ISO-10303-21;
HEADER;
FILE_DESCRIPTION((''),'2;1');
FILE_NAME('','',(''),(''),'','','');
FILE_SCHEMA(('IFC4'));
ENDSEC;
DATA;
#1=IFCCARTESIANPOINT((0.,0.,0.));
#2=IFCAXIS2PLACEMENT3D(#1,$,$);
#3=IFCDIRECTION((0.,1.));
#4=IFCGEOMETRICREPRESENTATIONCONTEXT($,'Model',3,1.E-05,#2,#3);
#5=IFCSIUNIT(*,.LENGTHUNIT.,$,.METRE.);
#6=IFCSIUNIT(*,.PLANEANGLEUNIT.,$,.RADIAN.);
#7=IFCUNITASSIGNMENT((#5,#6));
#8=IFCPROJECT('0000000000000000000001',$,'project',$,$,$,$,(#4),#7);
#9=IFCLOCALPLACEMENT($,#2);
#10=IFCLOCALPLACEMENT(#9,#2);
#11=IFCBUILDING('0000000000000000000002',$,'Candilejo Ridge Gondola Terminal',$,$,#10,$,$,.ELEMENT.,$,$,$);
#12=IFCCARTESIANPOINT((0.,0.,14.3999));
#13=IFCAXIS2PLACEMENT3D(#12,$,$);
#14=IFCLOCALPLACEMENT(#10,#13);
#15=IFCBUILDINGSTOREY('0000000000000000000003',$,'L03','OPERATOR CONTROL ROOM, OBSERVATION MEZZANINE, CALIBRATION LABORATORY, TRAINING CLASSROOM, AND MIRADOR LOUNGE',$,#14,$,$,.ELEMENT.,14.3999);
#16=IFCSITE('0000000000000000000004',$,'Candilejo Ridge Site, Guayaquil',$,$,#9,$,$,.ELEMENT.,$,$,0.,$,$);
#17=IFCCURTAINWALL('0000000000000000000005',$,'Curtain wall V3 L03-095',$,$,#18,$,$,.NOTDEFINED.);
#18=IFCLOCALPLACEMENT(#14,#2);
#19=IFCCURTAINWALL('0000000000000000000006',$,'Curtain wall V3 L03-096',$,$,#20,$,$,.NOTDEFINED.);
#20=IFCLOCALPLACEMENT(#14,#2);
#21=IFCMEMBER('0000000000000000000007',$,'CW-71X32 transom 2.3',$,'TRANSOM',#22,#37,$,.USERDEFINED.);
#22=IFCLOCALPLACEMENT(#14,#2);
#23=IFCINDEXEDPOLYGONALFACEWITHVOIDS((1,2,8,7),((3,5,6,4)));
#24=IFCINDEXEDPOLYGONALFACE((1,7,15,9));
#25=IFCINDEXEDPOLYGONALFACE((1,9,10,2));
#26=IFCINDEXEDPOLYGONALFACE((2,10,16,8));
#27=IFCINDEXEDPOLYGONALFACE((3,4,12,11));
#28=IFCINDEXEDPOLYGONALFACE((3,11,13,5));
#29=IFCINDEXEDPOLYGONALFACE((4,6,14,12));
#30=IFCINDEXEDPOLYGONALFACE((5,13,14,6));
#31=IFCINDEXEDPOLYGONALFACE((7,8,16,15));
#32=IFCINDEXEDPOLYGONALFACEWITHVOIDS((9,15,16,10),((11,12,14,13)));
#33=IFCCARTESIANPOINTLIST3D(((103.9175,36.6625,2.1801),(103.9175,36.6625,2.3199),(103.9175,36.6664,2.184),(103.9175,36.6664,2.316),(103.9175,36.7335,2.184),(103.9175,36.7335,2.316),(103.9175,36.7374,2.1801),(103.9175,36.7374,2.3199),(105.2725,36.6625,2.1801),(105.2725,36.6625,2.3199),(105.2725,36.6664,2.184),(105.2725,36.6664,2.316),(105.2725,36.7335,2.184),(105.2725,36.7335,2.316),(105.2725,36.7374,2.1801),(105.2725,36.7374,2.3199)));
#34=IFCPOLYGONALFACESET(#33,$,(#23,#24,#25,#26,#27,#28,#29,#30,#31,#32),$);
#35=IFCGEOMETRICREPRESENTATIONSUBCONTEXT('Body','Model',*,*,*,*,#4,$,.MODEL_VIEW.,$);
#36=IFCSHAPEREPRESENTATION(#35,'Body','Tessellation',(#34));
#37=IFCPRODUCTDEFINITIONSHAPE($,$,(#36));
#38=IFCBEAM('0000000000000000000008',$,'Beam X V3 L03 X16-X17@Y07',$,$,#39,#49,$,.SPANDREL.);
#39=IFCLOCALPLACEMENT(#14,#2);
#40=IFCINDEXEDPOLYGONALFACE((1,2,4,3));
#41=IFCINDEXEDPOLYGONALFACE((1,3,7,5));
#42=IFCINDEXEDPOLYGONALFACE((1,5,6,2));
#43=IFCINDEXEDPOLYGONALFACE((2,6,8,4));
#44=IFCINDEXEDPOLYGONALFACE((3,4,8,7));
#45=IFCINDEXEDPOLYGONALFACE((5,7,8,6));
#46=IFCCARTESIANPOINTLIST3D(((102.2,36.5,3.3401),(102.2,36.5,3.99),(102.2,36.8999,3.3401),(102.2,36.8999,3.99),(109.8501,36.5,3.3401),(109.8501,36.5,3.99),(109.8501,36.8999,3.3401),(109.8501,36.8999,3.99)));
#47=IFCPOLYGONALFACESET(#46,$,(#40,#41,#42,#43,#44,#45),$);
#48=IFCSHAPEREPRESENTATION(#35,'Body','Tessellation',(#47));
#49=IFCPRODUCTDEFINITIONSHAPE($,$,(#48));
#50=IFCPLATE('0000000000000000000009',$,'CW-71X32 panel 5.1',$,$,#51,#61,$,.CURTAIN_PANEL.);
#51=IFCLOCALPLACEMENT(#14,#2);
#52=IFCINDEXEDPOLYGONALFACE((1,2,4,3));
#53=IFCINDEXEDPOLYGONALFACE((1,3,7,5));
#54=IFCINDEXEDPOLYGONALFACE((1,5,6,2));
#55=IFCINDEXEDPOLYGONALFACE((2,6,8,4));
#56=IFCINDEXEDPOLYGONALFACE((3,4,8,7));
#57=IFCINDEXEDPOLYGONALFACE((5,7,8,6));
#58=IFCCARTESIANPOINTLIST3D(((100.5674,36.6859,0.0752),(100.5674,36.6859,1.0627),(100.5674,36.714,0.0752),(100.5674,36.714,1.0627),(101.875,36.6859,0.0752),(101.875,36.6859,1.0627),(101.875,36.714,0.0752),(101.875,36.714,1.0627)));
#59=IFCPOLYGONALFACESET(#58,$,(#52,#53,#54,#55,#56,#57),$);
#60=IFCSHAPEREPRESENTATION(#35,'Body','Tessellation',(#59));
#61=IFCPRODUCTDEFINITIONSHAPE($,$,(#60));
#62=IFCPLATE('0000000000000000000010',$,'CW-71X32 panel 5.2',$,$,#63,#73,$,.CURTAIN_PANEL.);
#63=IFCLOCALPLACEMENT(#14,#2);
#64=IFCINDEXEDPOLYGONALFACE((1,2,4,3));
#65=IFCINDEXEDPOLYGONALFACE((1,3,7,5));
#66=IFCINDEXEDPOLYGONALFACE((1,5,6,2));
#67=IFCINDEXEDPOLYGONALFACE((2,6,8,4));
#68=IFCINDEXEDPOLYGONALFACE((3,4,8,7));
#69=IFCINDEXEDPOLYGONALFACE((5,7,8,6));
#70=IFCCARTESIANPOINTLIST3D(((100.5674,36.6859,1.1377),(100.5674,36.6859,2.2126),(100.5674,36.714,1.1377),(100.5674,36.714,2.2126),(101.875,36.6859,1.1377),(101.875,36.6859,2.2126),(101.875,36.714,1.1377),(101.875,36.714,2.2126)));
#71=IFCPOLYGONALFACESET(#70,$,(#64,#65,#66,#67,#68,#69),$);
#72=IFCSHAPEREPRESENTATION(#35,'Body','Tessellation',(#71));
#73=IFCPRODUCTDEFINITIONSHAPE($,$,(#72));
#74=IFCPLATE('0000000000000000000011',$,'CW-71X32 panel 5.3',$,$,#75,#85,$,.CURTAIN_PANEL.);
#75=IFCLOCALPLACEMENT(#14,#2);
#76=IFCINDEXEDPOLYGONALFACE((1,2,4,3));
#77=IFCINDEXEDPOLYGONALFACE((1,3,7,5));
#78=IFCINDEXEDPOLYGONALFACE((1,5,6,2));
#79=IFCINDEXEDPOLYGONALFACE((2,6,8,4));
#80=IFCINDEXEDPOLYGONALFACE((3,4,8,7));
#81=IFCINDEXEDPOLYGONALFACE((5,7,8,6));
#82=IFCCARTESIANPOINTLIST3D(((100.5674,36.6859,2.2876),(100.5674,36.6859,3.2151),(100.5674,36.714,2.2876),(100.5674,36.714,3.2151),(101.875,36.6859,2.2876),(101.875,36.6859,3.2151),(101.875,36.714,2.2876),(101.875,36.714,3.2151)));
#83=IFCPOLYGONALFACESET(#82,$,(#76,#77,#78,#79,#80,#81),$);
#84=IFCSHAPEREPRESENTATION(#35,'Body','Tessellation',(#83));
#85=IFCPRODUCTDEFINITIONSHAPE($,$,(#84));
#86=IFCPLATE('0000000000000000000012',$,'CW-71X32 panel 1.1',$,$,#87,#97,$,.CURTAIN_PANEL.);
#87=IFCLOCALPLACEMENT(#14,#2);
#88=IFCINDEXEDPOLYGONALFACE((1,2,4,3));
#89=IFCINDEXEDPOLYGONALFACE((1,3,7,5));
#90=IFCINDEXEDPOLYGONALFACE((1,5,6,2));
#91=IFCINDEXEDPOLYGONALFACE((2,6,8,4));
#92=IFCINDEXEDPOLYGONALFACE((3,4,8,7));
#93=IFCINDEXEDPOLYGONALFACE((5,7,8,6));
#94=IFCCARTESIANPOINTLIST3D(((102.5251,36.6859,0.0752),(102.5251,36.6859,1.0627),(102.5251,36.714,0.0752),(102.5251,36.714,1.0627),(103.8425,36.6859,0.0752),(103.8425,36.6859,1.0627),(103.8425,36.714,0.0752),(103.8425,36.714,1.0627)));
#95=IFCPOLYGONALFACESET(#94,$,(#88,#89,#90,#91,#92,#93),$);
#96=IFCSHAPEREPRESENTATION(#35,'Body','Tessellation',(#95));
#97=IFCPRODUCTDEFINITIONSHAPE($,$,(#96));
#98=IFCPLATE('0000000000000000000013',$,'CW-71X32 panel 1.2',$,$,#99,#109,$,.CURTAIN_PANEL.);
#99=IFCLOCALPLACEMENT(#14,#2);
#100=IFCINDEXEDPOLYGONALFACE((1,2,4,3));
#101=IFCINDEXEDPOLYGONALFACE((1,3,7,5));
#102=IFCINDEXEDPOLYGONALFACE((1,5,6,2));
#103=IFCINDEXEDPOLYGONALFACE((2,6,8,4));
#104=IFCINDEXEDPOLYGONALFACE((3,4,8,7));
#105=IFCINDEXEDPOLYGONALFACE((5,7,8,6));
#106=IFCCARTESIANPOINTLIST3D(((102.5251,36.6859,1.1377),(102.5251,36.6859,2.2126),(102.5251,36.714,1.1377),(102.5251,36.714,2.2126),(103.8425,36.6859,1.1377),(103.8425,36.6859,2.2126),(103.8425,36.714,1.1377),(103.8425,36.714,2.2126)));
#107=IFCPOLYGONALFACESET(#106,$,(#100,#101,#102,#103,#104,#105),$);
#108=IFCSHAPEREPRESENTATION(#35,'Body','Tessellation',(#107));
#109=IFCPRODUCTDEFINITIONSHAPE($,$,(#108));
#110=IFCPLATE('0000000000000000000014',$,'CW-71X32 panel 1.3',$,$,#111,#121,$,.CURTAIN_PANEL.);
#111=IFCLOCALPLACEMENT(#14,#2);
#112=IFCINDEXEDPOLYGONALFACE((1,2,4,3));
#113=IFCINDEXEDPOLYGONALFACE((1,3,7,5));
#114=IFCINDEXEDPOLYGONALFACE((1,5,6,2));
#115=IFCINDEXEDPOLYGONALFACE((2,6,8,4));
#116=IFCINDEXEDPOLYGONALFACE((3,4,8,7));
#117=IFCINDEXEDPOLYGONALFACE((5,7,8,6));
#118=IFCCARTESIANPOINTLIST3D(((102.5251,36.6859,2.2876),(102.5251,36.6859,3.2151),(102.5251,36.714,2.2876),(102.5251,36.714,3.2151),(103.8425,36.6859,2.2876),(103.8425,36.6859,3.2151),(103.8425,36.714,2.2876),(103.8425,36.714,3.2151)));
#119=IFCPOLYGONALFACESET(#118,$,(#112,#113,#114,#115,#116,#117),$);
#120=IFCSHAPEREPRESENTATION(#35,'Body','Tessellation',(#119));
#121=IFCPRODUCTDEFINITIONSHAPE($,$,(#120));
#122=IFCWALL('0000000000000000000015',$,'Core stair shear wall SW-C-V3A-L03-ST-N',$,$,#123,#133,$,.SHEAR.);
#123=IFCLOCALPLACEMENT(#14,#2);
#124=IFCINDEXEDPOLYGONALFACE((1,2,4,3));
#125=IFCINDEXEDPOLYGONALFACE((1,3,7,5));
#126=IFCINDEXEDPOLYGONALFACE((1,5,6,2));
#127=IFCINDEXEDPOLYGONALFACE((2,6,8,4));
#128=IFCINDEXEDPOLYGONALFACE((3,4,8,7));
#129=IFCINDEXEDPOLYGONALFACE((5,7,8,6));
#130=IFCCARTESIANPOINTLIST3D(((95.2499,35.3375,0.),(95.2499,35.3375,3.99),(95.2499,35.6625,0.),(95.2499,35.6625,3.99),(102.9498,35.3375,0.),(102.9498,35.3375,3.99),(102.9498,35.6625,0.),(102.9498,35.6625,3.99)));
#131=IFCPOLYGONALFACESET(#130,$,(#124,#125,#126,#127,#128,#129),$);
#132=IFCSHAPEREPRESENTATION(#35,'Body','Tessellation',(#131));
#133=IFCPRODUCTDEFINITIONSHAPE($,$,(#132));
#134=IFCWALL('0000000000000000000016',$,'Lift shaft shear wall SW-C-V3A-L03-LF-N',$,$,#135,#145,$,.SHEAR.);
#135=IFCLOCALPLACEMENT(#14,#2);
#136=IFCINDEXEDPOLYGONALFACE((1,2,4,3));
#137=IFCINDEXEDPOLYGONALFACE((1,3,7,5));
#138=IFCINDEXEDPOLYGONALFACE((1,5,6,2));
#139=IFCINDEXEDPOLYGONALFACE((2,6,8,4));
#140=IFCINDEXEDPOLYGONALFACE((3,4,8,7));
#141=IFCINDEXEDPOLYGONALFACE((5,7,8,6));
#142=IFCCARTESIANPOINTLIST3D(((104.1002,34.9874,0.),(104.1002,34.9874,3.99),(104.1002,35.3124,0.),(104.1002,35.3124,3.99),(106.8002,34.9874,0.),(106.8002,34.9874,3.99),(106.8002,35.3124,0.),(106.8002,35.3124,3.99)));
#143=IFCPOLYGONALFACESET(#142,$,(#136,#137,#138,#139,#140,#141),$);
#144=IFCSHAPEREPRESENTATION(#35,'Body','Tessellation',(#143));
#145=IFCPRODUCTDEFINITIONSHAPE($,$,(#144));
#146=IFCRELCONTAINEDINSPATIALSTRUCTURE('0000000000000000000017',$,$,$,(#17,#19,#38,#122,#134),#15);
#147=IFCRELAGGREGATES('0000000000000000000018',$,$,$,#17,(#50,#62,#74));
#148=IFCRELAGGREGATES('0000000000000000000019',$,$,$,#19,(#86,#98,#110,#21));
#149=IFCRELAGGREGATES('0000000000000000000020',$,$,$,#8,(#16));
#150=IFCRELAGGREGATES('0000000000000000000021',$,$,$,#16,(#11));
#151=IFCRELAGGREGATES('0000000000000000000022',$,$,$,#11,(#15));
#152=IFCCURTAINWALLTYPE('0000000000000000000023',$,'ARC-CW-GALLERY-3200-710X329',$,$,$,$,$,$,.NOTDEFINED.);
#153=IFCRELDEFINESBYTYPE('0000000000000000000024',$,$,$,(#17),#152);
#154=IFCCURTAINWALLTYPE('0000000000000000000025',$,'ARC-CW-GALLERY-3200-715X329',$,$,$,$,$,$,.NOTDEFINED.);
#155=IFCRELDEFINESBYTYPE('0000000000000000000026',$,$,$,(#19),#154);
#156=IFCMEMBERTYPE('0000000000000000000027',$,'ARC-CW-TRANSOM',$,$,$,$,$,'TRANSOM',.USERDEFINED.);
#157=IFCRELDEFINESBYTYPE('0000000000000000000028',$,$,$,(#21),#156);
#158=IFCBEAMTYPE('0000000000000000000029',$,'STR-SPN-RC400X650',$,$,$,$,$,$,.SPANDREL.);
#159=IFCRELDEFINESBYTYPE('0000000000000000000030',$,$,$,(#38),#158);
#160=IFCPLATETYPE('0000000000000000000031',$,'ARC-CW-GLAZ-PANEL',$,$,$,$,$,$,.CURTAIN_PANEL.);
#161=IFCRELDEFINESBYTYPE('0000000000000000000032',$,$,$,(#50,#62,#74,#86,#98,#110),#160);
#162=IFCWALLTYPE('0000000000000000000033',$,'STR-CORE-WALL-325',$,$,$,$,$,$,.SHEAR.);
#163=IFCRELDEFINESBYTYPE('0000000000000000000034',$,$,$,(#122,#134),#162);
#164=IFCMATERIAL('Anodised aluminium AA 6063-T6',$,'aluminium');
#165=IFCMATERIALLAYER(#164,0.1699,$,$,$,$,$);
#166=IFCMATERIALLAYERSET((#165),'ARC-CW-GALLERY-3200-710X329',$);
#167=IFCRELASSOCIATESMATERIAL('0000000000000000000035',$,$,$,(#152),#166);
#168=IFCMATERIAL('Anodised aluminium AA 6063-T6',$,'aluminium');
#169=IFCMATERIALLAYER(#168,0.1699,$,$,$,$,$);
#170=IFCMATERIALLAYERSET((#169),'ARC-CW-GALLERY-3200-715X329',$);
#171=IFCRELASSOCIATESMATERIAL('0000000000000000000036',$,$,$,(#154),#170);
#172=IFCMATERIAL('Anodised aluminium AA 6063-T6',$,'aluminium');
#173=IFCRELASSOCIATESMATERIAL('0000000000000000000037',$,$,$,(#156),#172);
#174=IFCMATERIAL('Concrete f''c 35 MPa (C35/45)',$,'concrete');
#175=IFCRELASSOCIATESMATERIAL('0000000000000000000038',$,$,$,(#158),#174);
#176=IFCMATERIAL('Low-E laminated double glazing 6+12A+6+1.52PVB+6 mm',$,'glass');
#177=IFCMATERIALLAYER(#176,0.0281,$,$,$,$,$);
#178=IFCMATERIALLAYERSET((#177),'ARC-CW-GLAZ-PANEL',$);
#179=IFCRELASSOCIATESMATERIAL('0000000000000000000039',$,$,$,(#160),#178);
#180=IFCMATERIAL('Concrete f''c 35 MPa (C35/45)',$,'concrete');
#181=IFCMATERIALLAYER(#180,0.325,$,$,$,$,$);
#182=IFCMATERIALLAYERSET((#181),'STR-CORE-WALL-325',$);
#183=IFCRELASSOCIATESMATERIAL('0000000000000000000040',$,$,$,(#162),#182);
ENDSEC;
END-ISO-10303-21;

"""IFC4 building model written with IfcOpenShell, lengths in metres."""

from ifc_helpers import new_model, si_unit, direction, frame, frame_2d, origin, origin_2d, place, context, subcontext, project, spatial, rectangle, hollow_rectangle, extrude, material, layer, layer_set, material_profile, profile_set, type_object, element, aggregate, save


model = new_model("IFC4")

# Units and contexts
model_context = context("Model", 3, precision=1e-05, world=origin(), true_north=direction((0.0, 1.0)))
body_context = subcontext(model_context, "Body", "Model", "MODEL_VIEW")
ifc_project = project(units=[si_unit("LENGTHUNIT", "METRE"), si_unit("PLANEANGLEUNIT", "RADIAN")], contexts=[model_context])

# Site, building, storey
site_placement = place(None, origin())
site = spatial("IfcSite", under=ifc_project, at=site_placement, Name="Candilejo Ridge Site, Guayaquil", CompositionType="ELEMENT", RefElevation=0.0)
building_placement = place(site_placement, origin())
building = spatial("IfcBuilding", under=site, at=building_placement, Name="Candilejo Ridge Gondola Terminal", CompositionType="ELEMENT")
storey_placement = place(building_placement, frame((0.0, 0.0, 14.3999)))
storey = spatial("IfcBuildingStorey", under=building, at=storey_placement, Name="L03", Description="OPERATOR CONTROL ROOM, OBSERVATION MEZZANINE, CALIBRATION LABORATORY, TRAINING CLASSROOM, AND MIRADOR LOUNGE", CompositionType="ELEMENT", Elevation=14.3999)

# Curtain wall
ifc_material_1 = material(Name="Anodised aluminium AA 6063-T6", Category="aluminium")
ifc_layer_1 = layer(ifc_material_1, 0.1699)
ifc_layer_set_1 = layer_set([ifc_layer_1], Name="ARC-CW-GALLERY-3200-710X329")
curtain_wall_type_1 = type_object("IfcCurtainWallType", Name="ARC-CW-GALLERY-3200-710X329", PredefinedType="NOTDEFINED", material=ifc_layer_set_1)
curtain_wall_1_placement = place(storey_placement, origin())
curtain_wall_1 = element("IfcCurtainWall", 1, at=curtain_wall_1_placement, inside=storey, type_object=curtain_wall_type_1, Name="Curtain wall V3 L03-095", PredefinedType="NOTDEFINED")

# Curtain wall
ifc_material_2 = material(Name="Anodised aluminium AA 6063-T6", Category="aluminium")
ifc_layer_2 = layer(ifc_material_2, 0.1699)
ifc_layer_set_2 = layer_set([ifc_layer_2], Name="ARC-CW-GALLERY-3200-715X329")
curtain_wall_type_2 = type_object("IfcCurtainWallType", Name="ARC-CW-GALLERY-3200-715X329", PredefinedType="NOTDEFINED", material=ifc_layer_set_2)
curtain_wall_2_placement = place(storey_placement, origin())
curtain_wall_2 = element("IfcCurtainWall", 2, at=curtain_wall_2_placement, inside=storey, type_object=curtain_wall_type_2, Name="Curtain wall V3 L03-096", PredefinedType="NOTDEFINED")

# Member
ifc_material_3 = material(Name="Anodised aluminium AA 6063-T6", Category="aluminium")
ifc_material_profile_1 = material_profile(ifc_material_3, hollow_rectangle(XDim=0.075, YDim=0.1399, WallThickness=0.0039, at=origin_2d()))
ifc_profile_set_1 = profile_set([ifc_material_profile_1], Name="Anodised aluminium AA 6063-T6")
member_type_1 = type_object("IfcMemberType", Name="ARC-CW-TRANSOM", ElementType="TRANSOM", PredefinedType="USERDEFINED", material=ifc_profile_set_1)
member_1_placement = place(storey_placement, frame((103.9175, 36.7, 2.25), z_axis=(1.0, 0.0, 0.0), x_axis=(0.0, 1.0, 0.0)))
member_1 = element("IfcMember", 3, at=member_1_placement, type_object=member_type_1, Name="CW-71X32 transom 2.3", ObjectType="TRANSOM", PredefinedType="USERDEFINED", context=body_context, shape_type="SweptSolid", body=[
    extrude(hollow_rectangle(XDim=0.075, YDim=0.1399, WallThickness=0.0039, at=origin_2d()), origin(), (0.0, 0.0, 1.0), 1.355),
])

# Beam
ifc_material_4 = material(Name="Concrete f'c 35 MPa (C35/45)", Category="concrete")
ifc_material_profile_2 = material_profile(ifc_material_4, rectangle(XDim=0.3999, YDim=0.6499, at=origin_2d()))
ifc_profile_set_2 = profile_set([ifc_material_profile_2], Name="Concrete f'c 35 MPa (C35/45)")
beam_type = type_object("IfcBeamType", Name="STR-SPN-RC400X650", PredefinedType="SPANDREL", material=ifc_profile_set_2)
beam_placement = place(storey_placement, frame((102.2, 36.7, 3.665), z_axis=(1.0, 0.0, 0.0), x_axis=(0.0, 1.0, 0.0)))
element("IfcBeam", 4, at=beam_placement, inside=storey, type_object=beam_type, Name="Beam X V3 L03 X16-X17@Y07", PredefinedType="SPANDREL", context=body_context, shape_type="SweptSolid", body=[
    extrude(rectangle(XDim=0.3999, YDim=0.6499, at=origin_2d()), origin(), (0.0, 0.0, 1.0), 7.6501),
])

# Plates
ifc_material_5 = material(Name="Low-E laminated double glazing 6+12A+6+1.52PVB+6 mm", Category="glass")
ifc_layer_3 = layer(ifc_material_5, 0.0281)
ifc_layer_set_3 = layer_set([ifc_layer_3], Name="ARC-CW-GLAZ-PANEL")
plate_type = type_object("IfcPlateType", Name="ARC-CW-GLAZ-PANEL", PredefinedType="CURTAIN_PANEL", material=ifc_layer_set_3)
plate_1_placement = place(storey_placement, frame((101.2212, 36.7, 0.0752), z_axis=(0.0, 0.0, 1.0), x_axis=(1.0, 0.0, 0.0)))
plate_1 = element("IfcPlate", 5, at=plate_1_placement, type_object=plate_type, Name="CW-71X32 panel 5.1", PredefinedType="CURTAIN_PANEL", context=body_context, shape_type="SweptSolid", body=[
    extrude(rectangle(XDim=1.3076, YDim=0.0281, at=origin_2d()), origin(), (0.0, 0.0, 1.0), 0.9875),
])
plate_2_placement = place(storey_placement, frame((101.2212, 36.7, 1.1377), z_axis=(0.0, 0.0, 1.0), x_axis=(1.0, 0.0, 0.0)))
plate_2 = element("IfcPlate", 6, at=plate_2_placement, type_object=plate_type, Name="CW-71X32 panel 5.2", PredefinedType="CURTAIN_PANEL", context=body_context, shape_type="SweptSolid", body=[
    extrude(rectangle(XDim=1.3076, YDim=0.0281, at=origin_2d()), origin(), (0.0, 0.0, 1.0), 1.075),
])
plate_3_placement = place(storey_placement, frame((101.2212, 36.7, 2.2876), z_axis=(0.0, 0.0, 1.0), x_axis=(1.0, 0.0, 0.0)))
plate_3 = element("IfcPlate", 7, at=plate_3_placement, type_object=plate_type, Name="CW-71X32 panel 5.3", PredefinedType="CURTAIN_PANEL", context=body_context, shape_type="SweptSolid", body=[
    extrude(rectangle(XDim=1.3076, YDim=0.0281, at=origin_2d()), origin(), (0.0, 0.0, 1.0), 0.9275),
])
aggregate(curtain_wall_1, [plate_1, plate_2, plate_3])
plate_4_placement = place(storey_placement, frame((103.1838, 36.7, 0.0752), z_axis=(0.0, 0.0, 1.0), x_axis=(1.0, 0.0, 0.0)))
plate_4 = element("IfcPlate", 8, at=plate_4_placement, type_object=plate_type, Name="CW-71X32 panel 1.1", PredefinedType="CURTAIN_PANEL", context=body_context, shape_type="SweptSolid", body=[
    extrude(rectangle(XDim=1.3174, YDim=0.0281, at=origin_2d()), origin(), (0.0, 0.0, 1.0), 0.9875),
])
plate_5_placement = place(storey_placement, frame((103.1838, 36.7, 1.1377), z_axis=(0.0, 0.0, 1.0), x_axis=(1.0, 0.0, 0.0)))
plate_5 = element("IfcPlate", 9, at=plate_5_placement, type_object=plate_type, Name="CW-71X32 panel 1.2", PredefinedType="CURTAIN_PANEL", context=body_context, shape_type="SweptSolid", body=[
    extrude(rectangle(XDim=1.3174, YDim=0.0281, at=origin_2d()), origin(), (0.0, 0.0, 1.0), 1.075),
])
plate_6_placement = place(storey_placement, frame((103.1838, 36.7, 2.2876), z_axis=(0.0, 0.0, 1.0), x_axis=(1.0, 0.0, 0.0)))
plate_6 = element("IfcPlate", 10, at=plate_6_placement, type_object=plate_type, Name="CW-71X32 panel 1.3", PredefinedType="CURTAIN_PANEL", context=body_context, shape_type="SweptSolid", body=[
    extrude(rectangle(XDim=1.3174, YDim=0.0281, at=origin_2d()), origin(), (0.0, 0.0, 1.0), 0.9275),
])
aggregate(curtain_wall_2, [plate_4, plate_5, plate_6, member_1])

# Walls
ifc_material_6 = material(Name="Concrete f'c 35 MPa (C35/45)", Category="concrete")
ifc_layer_4 = layer(ifc_material_6, 0.325)
ifc_layer_set_4 = layer_set([ifc_layer_4], Name="STR-CORE-WALL-325")
wall_type = type_object("IfcWallType", Name="STR-CORE-WALL-325", PredefinedType="SHEAR", material=ifc_layer_set_4)
wall_1_placement = place(storey_placement, frame((102.95, 35.5, 0.0), z_axis=(0.0, 0.0, 1.0), x_axis=(-1.0, 0.0, 0.0)))
element("IfcWall", 11, at=wall_1_placement, inside=storey, type_object=wall_type, Name="Core stair shear wall SW-C-V3A-L03-ST-N", PredefinedType="SHEAR", context=body_context, shape_type="SweptSolid", body=[
    extrude(rectangle(XDim=7.7, YDim=0.325, at=frame_2d((3.8501, 0.0))), origin(), (0.0, 0.0, 1.0), 3.99),
])
wall_2_placement = place(storey_placement, frame((104.1001, 35.1499, 0.0), z_axis=(0.0, 0.0, 1.0), x_axis=(1.0, 0.0, 0.0)))
element("IfcWall", 12, at=wall_2_placement, inside=storey, type_object=wall_type, Name="Lift shaft shear wall SW-C-V3A-L03-LF-N", PredefinedType="SHEAR", context=body_context, shape_type="SweptSolid", body=[
    extrude(rectangle(XDim=2.7, YDim=0.325, at=frame_2d((1.3501, 0.0))), origin(), (0.0, 0.0, 1.0), 3.99),
])

save(model, "model.ifc")
